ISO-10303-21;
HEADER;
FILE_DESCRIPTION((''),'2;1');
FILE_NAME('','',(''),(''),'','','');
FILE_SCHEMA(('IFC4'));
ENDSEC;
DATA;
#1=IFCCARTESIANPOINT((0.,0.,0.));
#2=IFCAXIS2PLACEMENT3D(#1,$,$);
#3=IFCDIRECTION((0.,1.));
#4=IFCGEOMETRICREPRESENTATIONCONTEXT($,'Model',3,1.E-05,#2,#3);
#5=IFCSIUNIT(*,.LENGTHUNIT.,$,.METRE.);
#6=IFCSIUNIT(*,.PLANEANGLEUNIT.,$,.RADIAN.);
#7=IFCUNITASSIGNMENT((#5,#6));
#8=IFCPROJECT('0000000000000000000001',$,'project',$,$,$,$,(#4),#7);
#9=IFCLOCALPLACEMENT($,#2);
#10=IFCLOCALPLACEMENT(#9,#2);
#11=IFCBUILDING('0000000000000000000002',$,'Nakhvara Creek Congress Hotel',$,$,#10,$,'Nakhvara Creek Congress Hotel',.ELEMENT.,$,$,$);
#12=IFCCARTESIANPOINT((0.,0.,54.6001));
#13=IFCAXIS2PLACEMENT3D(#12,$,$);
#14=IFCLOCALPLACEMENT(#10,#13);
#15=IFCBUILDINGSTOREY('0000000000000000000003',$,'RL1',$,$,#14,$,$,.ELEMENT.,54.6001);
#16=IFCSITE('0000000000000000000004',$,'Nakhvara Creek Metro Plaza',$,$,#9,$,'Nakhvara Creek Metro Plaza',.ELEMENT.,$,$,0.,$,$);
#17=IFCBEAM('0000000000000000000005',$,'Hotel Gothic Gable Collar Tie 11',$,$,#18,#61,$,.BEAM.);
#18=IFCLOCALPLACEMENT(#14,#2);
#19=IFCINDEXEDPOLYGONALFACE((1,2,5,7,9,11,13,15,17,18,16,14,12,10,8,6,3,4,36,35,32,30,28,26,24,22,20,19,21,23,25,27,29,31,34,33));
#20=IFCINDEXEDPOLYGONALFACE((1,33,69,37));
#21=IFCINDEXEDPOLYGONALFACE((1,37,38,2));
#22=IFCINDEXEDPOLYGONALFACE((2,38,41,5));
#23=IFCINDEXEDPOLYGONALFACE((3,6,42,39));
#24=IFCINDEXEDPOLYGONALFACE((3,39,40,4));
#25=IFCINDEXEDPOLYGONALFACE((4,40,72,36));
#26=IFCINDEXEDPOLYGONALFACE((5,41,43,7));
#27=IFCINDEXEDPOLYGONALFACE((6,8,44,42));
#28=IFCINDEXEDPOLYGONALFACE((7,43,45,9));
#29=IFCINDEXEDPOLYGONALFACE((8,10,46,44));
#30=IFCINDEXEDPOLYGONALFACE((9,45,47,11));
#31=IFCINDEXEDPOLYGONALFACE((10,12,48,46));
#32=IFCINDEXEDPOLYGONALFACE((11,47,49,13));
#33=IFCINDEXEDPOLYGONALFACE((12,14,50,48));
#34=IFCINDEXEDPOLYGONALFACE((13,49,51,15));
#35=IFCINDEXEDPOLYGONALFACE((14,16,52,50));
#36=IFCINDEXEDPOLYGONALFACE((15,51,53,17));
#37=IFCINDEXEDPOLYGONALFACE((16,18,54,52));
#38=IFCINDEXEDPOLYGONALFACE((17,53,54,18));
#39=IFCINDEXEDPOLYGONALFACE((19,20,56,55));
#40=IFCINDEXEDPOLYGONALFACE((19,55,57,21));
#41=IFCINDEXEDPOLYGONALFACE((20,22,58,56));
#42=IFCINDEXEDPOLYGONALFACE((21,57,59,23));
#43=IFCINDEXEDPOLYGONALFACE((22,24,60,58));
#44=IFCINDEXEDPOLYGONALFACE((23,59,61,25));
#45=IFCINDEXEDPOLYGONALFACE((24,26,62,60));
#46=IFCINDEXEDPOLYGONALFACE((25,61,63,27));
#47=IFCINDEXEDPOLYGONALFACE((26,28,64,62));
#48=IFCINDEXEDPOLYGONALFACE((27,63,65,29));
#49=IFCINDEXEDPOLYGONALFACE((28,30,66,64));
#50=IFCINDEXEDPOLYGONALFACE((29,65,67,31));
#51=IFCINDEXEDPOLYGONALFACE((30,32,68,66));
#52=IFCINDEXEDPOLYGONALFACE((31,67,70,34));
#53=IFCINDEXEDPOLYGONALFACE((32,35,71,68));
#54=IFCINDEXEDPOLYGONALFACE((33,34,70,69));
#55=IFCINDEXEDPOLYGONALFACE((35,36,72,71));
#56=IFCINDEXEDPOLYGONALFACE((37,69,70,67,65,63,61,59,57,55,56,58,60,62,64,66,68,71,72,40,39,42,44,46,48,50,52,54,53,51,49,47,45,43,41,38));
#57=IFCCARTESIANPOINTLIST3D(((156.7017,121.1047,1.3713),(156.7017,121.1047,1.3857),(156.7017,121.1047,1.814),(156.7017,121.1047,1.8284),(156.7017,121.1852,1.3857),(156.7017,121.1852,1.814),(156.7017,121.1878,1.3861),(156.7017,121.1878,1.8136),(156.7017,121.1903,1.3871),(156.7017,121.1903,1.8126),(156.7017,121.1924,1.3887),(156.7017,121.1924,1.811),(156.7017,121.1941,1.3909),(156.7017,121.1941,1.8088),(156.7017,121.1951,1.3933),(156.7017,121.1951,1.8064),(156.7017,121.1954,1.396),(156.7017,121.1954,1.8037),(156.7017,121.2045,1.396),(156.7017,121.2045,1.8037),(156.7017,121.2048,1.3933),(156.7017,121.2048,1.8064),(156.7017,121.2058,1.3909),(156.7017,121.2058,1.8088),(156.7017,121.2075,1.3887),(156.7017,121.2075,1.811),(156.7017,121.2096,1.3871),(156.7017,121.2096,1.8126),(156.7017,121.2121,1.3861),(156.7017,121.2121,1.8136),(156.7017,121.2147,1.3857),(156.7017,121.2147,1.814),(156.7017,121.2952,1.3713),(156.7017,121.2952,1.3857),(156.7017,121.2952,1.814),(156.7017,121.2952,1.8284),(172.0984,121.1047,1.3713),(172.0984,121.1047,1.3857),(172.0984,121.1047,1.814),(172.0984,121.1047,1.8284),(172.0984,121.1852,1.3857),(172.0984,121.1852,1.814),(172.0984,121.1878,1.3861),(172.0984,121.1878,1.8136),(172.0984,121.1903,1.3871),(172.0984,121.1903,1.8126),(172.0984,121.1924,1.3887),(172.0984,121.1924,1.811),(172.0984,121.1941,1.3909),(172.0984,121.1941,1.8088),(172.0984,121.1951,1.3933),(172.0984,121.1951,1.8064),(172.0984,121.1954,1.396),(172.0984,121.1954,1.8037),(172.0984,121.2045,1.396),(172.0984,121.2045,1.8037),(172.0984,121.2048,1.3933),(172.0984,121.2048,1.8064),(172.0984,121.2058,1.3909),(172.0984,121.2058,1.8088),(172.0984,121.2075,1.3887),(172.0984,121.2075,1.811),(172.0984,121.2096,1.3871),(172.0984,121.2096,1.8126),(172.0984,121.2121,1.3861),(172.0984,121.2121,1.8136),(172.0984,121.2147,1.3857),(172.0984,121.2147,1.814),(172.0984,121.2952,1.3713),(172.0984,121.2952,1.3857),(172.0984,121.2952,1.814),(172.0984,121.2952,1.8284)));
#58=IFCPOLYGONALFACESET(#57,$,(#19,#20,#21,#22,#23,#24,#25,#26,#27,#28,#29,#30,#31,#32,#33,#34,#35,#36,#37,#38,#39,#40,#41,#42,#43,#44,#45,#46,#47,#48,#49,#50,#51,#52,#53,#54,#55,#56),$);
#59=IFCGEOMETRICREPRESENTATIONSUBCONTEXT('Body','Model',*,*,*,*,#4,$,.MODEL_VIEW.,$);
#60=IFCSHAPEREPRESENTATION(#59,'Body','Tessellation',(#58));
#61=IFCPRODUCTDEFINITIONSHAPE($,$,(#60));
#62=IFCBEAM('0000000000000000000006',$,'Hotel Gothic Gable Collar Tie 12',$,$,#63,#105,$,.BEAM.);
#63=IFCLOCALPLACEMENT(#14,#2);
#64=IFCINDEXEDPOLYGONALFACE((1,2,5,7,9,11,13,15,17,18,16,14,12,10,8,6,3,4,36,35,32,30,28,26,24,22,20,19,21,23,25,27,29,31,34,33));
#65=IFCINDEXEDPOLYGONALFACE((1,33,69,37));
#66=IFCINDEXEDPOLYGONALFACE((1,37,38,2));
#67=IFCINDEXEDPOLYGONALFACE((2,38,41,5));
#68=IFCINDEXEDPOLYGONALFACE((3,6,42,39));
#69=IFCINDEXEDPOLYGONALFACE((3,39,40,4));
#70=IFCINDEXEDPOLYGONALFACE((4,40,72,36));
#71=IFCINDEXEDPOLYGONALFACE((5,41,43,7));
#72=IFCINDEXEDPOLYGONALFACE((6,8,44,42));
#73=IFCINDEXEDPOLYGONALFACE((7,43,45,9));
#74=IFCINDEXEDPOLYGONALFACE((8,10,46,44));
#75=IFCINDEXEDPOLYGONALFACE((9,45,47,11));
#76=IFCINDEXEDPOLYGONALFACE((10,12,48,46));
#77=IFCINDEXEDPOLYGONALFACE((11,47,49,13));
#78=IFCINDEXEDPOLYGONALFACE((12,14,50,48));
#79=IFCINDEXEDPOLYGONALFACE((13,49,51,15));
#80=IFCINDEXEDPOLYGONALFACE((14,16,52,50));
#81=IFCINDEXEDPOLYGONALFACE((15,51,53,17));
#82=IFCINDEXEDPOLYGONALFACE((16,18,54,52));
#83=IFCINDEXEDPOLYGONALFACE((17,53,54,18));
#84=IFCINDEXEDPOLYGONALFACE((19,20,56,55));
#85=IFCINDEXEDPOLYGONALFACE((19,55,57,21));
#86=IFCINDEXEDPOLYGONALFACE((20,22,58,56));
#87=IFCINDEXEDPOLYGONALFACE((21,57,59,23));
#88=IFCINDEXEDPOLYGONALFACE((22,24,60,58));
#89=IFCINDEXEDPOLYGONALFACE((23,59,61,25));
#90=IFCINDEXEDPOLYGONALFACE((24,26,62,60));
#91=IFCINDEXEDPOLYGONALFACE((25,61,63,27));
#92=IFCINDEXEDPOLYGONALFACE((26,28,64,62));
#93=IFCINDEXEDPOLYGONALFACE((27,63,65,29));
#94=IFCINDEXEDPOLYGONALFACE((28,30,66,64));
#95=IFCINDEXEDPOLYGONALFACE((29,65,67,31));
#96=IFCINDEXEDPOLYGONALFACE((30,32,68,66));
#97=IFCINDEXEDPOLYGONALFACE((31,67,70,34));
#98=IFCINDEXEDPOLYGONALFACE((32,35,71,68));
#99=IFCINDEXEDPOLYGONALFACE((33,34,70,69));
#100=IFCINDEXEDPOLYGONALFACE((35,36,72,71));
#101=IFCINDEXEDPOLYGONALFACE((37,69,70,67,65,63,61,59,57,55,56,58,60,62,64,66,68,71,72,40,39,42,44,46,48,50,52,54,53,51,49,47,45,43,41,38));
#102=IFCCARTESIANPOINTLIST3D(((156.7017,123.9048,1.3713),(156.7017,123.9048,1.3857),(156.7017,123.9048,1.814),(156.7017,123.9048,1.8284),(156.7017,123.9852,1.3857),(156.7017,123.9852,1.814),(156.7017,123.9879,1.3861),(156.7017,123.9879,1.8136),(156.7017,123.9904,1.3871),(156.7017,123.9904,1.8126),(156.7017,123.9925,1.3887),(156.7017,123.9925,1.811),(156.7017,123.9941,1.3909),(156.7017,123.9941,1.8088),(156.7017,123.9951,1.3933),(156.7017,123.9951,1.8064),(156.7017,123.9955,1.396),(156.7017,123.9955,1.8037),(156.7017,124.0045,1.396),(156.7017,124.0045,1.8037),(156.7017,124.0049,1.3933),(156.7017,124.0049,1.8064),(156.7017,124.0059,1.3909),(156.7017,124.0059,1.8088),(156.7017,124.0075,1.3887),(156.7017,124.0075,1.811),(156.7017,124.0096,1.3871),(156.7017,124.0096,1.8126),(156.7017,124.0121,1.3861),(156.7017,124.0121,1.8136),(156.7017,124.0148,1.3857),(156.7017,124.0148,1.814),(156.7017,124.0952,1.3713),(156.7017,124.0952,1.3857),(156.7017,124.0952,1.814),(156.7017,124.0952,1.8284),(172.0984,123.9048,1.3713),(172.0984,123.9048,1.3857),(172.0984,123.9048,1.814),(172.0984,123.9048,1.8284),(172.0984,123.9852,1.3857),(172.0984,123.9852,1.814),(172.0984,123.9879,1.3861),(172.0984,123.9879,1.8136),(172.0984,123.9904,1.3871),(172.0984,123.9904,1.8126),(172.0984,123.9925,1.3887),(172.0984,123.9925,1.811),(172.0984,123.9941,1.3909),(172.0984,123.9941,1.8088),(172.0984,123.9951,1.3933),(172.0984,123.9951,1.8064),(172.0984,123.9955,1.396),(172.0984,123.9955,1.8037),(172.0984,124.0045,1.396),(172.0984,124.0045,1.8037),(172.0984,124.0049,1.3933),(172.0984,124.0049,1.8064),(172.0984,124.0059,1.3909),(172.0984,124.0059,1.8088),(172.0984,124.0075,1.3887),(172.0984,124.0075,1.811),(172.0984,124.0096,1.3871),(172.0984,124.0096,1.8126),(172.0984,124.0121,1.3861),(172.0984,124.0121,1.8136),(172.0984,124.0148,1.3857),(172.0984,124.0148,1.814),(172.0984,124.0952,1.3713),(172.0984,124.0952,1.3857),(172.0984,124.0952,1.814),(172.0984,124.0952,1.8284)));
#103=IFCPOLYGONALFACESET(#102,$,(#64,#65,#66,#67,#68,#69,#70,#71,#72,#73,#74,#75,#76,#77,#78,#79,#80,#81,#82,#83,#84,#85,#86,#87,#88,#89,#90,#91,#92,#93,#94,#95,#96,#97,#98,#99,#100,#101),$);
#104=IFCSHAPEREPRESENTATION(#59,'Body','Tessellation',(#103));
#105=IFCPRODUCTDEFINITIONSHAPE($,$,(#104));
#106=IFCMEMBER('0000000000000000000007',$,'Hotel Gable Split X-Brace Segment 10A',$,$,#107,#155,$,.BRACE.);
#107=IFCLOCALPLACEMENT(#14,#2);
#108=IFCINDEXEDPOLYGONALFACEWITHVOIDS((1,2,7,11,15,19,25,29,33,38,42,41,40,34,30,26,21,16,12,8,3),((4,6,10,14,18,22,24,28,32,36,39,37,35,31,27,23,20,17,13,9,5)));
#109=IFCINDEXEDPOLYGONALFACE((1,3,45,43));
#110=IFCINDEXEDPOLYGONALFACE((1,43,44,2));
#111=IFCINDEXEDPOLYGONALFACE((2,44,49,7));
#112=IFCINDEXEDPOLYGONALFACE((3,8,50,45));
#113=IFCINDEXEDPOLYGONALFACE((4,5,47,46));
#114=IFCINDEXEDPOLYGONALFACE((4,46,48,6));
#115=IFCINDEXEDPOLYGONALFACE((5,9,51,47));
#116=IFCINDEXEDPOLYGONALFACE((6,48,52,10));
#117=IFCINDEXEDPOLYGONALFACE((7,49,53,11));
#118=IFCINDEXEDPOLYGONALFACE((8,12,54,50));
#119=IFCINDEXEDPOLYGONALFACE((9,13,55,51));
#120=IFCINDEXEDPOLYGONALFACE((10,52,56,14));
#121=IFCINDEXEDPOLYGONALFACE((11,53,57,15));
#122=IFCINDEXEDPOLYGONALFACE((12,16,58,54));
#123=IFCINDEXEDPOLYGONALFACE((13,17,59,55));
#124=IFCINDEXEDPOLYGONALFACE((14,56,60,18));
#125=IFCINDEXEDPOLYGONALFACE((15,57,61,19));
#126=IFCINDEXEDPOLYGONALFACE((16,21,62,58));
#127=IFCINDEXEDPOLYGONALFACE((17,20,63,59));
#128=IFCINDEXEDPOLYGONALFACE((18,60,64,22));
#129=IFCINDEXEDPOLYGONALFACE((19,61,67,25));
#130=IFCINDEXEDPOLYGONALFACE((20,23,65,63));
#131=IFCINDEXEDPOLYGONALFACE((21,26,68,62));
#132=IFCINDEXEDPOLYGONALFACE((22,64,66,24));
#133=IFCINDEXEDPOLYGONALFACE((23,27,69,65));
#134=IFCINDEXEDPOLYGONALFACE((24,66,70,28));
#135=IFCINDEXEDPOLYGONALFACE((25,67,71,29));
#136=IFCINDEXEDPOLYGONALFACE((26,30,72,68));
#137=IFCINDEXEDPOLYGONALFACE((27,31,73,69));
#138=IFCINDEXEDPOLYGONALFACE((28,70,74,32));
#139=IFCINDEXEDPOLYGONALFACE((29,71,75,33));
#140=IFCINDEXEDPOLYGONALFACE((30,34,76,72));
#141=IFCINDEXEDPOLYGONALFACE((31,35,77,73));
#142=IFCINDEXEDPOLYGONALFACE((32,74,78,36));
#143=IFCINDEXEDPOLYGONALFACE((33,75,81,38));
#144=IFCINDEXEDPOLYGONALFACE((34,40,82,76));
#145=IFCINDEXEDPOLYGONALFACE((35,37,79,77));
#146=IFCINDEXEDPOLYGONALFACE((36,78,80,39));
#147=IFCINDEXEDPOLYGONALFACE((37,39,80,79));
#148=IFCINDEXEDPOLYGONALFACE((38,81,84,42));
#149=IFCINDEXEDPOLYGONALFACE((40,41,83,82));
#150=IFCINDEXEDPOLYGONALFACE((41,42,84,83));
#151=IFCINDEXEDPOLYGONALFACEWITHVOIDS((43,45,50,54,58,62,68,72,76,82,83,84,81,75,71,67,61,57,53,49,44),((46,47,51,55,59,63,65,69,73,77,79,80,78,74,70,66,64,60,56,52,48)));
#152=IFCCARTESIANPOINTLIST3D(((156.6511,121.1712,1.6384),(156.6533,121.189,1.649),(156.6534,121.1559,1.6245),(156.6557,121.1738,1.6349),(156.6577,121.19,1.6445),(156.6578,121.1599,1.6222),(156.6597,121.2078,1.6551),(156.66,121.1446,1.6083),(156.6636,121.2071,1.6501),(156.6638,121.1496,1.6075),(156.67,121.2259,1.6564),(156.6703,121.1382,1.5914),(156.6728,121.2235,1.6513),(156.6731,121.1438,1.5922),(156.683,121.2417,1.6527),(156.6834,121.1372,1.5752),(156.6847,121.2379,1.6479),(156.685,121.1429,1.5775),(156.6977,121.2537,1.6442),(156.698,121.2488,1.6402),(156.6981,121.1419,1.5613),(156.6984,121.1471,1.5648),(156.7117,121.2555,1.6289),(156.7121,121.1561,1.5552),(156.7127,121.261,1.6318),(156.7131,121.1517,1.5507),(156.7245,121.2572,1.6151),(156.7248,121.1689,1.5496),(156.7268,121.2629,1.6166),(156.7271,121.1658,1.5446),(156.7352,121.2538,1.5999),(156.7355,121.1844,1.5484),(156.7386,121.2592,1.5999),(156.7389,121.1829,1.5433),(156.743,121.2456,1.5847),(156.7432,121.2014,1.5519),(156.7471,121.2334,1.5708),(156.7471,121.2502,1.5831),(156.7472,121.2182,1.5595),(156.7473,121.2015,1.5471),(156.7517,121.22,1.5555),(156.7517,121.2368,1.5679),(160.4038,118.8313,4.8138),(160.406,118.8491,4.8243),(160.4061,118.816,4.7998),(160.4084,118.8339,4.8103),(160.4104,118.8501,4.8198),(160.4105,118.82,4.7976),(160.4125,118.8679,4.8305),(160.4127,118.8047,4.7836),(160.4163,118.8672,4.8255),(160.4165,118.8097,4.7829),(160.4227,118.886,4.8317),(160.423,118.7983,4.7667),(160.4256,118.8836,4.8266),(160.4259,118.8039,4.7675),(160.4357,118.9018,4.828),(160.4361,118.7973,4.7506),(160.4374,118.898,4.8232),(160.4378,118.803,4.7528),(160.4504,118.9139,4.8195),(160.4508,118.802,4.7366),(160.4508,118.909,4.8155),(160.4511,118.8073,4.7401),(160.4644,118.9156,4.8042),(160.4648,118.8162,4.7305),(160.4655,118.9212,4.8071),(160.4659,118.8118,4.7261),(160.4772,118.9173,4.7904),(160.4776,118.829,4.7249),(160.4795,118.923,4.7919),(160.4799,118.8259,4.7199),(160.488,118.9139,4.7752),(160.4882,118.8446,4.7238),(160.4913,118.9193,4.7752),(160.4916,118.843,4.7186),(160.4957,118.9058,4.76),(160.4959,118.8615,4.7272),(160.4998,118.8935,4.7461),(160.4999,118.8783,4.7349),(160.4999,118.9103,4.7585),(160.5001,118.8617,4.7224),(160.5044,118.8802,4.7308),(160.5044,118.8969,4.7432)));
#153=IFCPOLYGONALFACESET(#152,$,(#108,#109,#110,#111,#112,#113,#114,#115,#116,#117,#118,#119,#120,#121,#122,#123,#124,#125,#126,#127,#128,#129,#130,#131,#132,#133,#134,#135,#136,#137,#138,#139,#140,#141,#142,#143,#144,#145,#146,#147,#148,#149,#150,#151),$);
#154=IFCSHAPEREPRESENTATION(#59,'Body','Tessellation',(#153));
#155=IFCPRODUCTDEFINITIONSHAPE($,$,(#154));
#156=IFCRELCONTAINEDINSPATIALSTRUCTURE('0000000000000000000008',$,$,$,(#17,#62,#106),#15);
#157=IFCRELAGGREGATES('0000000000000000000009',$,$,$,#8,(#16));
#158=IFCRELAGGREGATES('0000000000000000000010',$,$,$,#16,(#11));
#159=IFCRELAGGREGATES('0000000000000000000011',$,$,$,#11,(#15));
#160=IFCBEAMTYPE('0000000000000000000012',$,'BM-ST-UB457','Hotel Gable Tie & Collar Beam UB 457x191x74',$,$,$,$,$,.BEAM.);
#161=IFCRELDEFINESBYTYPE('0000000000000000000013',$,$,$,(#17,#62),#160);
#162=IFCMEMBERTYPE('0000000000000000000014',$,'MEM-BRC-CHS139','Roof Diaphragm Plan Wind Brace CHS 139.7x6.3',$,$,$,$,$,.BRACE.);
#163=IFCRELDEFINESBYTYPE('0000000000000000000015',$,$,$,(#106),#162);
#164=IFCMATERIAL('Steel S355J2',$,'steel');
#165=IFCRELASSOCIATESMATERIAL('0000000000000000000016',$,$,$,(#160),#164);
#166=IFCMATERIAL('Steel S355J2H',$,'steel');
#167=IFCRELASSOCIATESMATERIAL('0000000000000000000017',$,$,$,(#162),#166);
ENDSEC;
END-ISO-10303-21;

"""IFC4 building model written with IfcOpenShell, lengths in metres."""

from ifc_helpers import new_model, si_unit, direction, frame, origin, origin_2d, place, context, subcontext, project, spatial, hollow_circle, i_section, extrude, material, material_profile, profile_set, type_object, element, save


model = new_model("IFC4")

# Units and contexts
model_context = context("Model", 3, precision=1e-05, world=origin(), true_north=direction((0.0, 1.0)))
body_context = subcontext(model_context, "Body", "Model", "MODEL_VIEW")
ifc_project = project(units=[si_unit("LENGTHUNIT", "METRE"), si_unit("PLANEANGLEUNIT", "RADIAN")], contexts=[model_context])

# Site, building, storey
site_placement = place(None, origin())
site = spatial("IfcSite", under=ifc_project, at=site_placement, Name="Nakhvara Creek Metro Plaza", LongName="Nakhvara Creek Metro Plaza", CompositionType="ELEMENT", RefElevation=0.0)
building_placement = place(site_placement, origin())
building = spatial("IfcBuilding", under=site, at=building_placement, Name="Nakhvara Creek Congress Hotel", LongName="Nakhvara Creek Congress Hotel", CompositionType="ELEMENT")
storey_placement = place(building_placement, frame((0.0, 0.0, 54.6001)))
storey = spatial("IfcBuildingStorey", under=building, at=storey_placement, Name="RL1", CompositionType="ELEMENT", Elevation=54.6001)

# Beams
ifc_material_1 = material(Name="Steel S355J2", Category="steel")
ifc_material_profile_1 = material_profile(ifc_material_1, i_section(OverallWidth=0.1904, OverallDepth=0.457, WebThickness=0.009, FlangeThickness=0.0144, FilletRadius=0.0103, at=origin_2d()), Name="UB 457x191x74", Category="LoadBearing")
ifc_profile_set_1 = profile_set([ifc_material_profile_1], Name="Steel S355J2")
beam_type = type_object("IfcBeamType", Name="BM-ST-UB457", Description="Hotel Gable Tie & Collar Beam UB 457x191x74", PredefinedType="BEAM", material=ifc_profile_set_1)
for number, where, z_axis, x_axis, name in (
    (1, (156.7017, 121.2, 1.5999), (1.0, 0.0, 0.0), (0.0, 1.0, 0.0), "Hotel Gothic Gable Collar Tie 11"),
    (2, (156.7017, 124.0, 1.5999), (1.0, 0.0, 0.0), (0.0, 1.0, 0.0), "Hotel Gothic Gable Collar Tie 12"),
):
    element("IfcBeam", number, at=place(storey_placement, frame(where, z_axis=z_axis, x_axis=x_axis)), inside=storey, type_object=beam_type, Name=name, PredefinedType="BEAM", context=body_context, shape_type="SweptSolid", body=[
        extrude(i_section(OverallWidth=0.1904, OverallDepth=0.457, WebThickness=0.009, FlangeThickness=0.0144, FilletRadius=0.0103, at=origin_2d()), origin(), (0.0, 0.0, 1.0), 15.3967),
    ])

# Member
ifc_material_2 = material(Name="Steel S355J2H", Category="steel")
ifc_material_profile_2 = material_profile(ifc_material_2, hollow_circle(Radius=0.0698, WallThickness=0.0063, at=origin_2d()), Name="CHS 139.7x6.3", Category="LoadBearing")
ifc_profile_set_2 = profile_set([ifc_material_profile_2], Name="Steel S355J2H")
member_type_1 = type_object("IfcMemberType", Name="MEM-BRC-CHS139", Description="Roof Diaphragm Plan Wind Brace CHS 139.7x6.3", PredefinedType="BRACE", material=ifc_profile_set_2)
member_placement = place(storey_placement, frame((156.7017, 121.2, 1.5999), z_axis=(0.689292, -0.429782, 0.583236), x_axis=(0.529091, 0.848565, 0.0)))
element("IfcMember", 3, at=member_placement, inside=storey, type_object=member_type_1, Name="Hotel Gable Split X-Brace Segment 10A", PredefinedType="BRACE", context=body_context, shape_type="SweptSolid", body=[
    extrude(hollow_circle(Radius=0.0698, WallThickness=0.0063, at=origin_2d()), origin(), (0.0, 0.0, 1.0), 5.4443),
])

save(model, "model.ifc")
